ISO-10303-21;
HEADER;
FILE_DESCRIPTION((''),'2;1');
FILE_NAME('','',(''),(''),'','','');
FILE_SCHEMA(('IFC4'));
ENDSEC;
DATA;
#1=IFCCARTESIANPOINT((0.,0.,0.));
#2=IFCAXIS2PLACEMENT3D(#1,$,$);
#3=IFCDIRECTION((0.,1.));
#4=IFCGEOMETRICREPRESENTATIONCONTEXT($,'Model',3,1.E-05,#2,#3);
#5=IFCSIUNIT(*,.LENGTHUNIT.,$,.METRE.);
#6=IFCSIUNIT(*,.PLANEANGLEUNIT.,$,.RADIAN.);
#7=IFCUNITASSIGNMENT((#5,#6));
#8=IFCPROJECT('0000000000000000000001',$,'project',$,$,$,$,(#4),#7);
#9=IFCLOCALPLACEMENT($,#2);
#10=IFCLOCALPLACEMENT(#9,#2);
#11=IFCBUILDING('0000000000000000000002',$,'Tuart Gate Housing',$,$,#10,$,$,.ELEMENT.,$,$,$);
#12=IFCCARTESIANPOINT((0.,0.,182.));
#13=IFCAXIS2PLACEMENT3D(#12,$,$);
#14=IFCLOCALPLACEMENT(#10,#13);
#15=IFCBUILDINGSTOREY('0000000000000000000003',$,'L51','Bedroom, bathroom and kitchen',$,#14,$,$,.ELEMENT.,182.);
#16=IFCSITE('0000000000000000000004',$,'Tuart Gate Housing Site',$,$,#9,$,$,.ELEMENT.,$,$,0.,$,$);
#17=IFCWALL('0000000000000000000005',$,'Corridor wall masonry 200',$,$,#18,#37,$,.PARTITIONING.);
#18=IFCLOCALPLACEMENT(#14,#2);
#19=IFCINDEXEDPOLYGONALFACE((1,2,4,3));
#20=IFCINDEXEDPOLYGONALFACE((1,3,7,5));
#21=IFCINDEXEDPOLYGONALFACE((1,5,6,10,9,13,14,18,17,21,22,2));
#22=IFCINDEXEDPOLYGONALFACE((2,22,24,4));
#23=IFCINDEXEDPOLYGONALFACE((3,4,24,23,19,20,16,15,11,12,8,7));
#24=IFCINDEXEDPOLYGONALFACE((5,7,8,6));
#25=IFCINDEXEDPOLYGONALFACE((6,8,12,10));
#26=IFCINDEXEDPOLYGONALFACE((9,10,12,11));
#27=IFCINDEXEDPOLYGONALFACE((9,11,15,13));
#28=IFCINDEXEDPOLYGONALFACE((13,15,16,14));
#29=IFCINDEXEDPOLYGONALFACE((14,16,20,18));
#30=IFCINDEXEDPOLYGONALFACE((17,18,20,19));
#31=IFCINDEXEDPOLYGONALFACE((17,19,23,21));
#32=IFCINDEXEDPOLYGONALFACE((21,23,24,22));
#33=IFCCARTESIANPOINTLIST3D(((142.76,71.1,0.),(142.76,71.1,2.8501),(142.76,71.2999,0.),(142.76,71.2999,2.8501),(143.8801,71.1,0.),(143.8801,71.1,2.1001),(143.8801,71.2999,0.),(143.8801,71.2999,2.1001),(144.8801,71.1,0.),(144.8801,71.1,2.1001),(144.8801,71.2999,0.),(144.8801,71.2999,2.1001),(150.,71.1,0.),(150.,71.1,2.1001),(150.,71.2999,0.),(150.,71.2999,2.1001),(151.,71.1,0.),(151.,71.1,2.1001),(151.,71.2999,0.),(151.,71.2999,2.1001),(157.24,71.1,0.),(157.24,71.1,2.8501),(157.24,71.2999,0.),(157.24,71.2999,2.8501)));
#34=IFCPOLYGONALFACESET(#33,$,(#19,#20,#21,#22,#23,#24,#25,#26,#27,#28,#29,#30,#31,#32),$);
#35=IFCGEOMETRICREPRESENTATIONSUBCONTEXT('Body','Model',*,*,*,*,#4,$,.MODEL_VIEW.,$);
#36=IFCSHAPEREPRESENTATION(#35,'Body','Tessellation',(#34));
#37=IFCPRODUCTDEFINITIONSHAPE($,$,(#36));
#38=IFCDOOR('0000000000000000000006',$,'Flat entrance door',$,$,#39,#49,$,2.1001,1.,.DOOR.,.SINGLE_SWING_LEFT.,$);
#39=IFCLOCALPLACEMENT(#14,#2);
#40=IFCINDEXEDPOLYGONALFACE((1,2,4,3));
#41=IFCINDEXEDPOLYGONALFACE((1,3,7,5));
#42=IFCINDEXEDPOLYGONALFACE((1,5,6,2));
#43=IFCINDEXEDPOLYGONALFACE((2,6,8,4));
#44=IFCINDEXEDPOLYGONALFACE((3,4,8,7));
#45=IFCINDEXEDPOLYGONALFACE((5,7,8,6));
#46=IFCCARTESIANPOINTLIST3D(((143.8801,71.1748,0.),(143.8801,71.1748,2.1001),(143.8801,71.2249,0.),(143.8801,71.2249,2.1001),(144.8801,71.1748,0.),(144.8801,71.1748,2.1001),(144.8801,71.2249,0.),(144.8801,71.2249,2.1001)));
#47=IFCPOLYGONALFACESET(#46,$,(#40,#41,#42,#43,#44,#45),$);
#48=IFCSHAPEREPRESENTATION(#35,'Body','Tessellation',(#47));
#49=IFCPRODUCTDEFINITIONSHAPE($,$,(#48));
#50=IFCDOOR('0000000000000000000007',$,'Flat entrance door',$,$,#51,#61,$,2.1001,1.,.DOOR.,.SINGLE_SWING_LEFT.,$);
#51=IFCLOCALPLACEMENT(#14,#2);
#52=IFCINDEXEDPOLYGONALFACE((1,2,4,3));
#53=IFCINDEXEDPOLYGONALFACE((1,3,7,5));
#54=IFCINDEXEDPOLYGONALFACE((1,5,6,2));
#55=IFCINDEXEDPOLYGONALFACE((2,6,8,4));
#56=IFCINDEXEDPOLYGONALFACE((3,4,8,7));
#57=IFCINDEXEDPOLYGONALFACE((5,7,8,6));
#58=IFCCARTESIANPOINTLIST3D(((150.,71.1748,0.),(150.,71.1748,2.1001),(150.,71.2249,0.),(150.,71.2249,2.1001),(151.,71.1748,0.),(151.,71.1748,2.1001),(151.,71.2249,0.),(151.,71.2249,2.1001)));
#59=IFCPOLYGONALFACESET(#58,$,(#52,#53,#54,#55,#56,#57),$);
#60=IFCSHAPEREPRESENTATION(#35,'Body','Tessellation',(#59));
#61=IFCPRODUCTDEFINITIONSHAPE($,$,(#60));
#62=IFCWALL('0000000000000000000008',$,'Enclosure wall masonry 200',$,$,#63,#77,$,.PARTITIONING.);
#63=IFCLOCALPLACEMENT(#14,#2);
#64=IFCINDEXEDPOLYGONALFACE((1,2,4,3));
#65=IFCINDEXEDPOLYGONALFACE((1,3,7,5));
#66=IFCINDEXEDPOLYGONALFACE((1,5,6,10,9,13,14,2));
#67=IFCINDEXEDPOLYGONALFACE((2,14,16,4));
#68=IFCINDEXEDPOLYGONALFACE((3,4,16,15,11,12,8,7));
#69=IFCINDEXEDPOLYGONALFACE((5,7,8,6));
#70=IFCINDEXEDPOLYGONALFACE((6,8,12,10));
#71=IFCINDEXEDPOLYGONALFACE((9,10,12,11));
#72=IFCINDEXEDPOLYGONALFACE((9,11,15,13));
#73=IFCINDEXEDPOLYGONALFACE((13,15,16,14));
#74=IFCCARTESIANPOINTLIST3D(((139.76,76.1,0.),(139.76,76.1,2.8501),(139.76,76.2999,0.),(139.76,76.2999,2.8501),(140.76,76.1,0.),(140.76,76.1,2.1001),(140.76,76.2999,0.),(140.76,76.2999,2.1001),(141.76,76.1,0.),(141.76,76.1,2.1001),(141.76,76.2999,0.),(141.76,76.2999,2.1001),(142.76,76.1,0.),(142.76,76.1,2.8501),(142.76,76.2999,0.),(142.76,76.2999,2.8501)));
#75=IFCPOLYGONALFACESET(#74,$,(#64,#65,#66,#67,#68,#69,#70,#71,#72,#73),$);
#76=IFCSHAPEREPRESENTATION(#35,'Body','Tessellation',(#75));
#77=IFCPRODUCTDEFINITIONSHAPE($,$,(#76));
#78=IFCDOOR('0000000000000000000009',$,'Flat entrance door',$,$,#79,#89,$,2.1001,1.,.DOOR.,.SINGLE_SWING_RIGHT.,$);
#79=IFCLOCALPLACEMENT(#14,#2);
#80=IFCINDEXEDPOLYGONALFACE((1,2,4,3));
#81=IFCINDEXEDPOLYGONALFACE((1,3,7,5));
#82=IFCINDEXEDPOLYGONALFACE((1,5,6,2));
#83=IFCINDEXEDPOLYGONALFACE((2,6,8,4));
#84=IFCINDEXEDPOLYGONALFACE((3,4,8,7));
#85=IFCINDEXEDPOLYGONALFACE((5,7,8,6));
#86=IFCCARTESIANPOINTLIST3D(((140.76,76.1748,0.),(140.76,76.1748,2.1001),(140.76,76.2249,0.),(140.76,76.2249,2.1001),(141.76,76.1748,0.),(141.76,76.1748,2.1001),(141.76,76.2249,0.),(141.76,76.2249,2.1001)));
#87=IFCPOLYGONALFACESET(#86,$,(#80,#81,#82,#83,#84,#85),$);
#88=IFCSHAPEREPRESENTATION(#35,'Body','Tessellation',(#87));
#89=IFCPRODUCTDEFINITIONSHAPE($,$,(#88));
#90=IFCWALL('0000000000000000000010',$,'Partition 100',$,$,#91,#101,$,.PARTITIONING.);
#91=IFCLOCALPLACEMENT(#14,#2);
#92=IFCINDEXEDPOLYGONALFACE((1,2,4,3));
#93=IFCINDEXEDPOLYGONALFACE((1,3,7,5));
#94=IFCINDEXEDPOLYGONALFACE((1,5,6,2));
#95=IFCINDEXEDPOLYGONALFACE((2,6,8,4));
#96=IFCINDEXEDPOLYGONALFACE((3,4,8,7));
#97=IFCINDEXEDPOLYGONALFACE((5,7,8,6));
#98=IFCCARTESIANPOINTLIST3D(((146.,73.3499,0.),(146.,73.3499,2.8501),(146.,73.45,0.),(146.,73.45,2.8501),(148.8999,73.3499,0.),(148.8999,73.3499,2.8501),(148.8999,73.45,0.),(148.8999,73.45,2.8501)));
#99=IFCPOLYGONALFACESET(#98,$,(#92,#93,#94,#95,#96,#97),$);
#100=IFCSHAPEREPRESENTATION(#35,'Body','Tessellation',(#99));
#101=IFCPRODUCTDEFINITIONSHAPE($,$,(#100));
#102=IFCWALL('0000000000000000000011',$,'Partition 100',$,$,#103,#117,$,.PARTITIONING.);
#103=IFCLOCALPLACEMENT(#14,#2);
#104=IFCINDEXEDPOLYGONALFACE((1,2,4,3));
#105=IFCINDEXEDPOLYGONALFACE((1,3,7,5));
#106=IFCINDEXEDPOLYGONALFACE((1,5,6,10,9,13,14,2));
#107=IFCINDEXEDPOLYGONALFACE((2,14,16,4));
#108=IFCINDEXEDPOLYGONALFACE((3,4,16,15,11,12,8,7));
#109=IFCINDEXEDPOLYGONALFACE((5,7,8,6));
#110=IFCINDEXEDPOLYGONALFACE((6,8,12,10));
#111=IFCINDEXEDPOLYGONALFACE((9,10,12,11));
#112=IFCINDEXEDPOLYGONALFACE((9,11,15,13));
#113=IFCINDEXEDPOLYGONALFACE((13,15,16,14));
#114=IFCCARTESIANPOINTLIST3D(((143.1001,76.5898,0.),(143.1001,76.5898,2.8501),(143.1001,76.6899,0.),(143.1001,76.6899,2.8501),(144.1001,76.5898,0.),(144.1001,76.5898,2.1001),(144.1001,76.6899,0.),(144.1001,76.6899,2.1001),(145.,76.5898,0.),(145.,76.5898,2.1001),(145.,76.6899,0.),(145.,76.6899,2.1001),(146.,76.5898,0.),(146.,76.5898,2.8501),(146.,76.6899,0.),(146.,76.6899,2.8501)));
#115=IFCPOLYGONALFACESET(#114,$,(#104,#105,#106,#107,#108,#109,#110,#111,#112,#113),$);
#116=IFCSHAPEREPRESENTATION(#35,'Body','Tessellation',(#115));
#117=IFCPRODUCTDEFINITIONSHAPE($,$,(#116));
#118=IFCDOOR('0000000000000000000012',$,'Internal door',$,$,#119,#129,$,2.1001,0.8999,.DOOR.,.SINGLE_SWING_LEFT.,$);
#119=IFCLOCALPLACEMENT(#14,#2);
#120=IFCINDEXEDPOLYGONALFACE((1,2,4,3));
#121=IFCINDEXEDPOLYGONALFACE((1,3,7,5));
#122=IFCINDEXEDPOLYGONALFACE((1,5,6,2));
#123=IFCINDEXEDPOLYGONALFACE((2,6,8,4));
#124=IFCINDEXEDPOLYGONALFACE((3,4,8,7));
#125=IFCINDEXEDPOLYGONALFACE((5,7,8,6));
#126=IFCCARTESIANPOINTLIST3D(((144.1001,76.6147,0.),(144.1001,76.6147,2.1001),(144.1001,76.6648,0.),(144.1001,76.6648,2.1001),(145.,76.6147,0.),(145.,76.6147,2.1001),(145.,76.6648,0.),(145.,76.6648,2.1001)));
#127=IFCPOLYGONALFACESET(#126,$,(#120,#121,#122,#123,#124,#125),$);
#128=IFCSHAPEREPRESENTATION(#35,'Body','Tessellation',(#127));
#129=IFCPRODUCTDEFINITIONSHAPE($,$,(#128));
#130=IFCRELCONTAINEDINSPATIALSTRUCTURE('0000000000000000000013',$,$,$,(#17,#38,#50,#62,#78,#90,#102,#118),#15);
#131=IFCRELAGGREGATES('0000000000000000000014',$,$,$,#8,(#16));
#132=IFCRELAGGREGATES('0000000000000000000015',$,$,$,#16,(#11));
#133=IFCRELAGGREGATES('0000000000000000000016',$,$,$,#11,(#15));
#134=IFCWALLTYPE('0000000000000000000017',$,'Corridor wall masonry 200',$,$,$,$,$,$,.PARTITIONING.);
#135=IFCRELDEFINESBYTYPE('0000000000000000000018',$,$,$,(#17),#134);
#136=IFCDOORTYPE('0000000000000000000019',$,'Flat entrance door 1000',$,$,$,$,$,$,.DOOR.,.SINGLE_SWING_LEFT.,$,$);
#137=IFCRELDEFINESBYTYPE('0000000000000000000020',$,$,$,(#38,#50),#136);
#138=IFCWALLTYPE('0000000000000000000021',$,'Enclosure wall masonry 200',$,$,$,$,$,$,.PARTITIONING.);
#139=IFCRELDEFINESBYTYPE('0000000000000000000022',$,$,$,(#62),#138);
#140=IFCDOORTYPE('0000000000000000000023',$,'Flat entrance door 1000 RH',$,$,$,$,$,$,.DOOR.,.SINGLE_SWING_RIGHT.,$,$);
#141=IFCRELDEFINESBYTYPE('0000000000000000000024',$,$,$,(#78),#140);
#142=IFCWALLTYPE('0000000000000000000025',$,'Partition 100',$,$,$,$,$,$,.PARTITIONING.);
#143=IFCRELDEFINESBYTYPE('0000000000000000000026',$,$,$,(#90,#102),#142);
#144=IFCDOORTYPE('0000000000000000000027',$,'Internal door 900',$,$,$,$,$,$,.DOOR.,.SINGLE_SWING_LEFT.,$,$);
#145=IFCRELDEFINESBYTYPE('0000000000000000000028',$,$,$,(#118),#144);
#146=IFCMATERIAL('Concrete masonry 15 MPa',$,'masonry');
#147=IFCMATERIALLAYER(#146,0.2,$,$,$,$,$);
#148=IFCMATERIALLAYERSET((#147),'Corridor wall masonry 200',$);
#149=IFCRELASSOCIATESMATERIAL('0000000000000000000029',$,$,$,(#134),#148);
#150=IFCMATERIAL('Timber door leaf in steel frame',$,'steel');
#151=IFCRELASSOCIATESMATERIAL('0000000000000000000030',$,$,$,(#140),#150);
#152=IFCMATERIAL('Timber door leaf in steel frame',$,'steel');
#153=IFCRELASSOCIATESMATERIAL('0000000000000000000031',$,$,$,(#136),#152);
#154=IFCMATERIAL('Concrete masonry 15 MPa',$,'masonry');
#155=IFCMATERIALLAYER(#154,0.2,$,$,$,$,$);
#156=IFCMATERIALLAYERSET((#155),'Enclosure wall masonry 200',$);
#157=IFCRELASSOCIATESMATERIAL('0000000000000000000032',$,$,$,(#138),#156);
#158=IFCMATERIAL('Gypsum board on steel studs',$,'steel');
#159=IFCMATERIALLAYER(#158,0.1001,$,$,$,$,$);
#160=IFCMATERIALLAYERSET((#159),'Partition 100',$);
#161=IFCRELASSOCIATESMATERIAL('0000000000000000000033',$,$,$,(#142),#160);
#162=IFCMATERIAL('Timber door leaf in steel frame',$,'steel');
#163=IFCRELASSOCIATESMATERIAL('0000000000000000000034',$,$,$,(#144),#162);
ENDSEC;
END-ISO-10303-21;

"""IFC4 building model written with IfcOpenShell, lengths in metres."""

from ifc_helpers import new_model, si_unit, direction, frame, frame_2d, origin, place, context, subcontext, project, spatial, rectangle, extrude, material, layer, layer_set, type_object, element, fill, save


model = new_model("IFC4")

# Units and contexts
model_context = context("Model", 3, precision=1e-05, world=origin(), true_north=direction((0.0, 1.0)))
body_context = subcontext(model_context, "Body", "Model", "MODEL_VIEW")
ifc_project = project(units=[si_unit("LENGTHUNIT", "METRE"), si_unit("PLANEANGLEUNIT", "RADIAN")], contexts=[model_context])

# Site, building, storey
site_placement = place(None, origin())
site = spatial("IfcSite", under=ifc_project, at=site_placement, Name="Tuart Gate Housing Site", CompositionType="ELEMENT", RefElevation=0.0)
building_placement = place(site_placement, origin())
building = spatial("IfcBuilding", under=site, at=building_placement, Name="Tuart Gate Housing", CompositionType="ELEMENT")
storey_placement = place(building_placement, frame((0.0, 0.0, 182.0)))
storey = spatial("IfcBuildingStorey", under=building, at=storey_placement, Name="L51", Description="Bedroom, bathroom and kitchen", CompositionType="ELEMENT", Elevation=182.0)

# Wall, openings, doors
ifc_material_1 = material(Name="Concrete masonry 15 MPa", Category="masonry")
ifc_layer_1 = layer(ifc_material_1, 0.2)
ifc_layer_set_1 = layer_set([ifc_layer_1], Name="Corridor wall masonry 200")
wall_type_1 = type_object("IfcWallType", Name="Corridor wall masonry 200", PredefinedType="PARTITIONING", material=ifc_layer_set_1)
ifc_material_2 = material(Name="Timber door leaf in steel frame", Category="steel")
door_type_1 = type_object("IfcDoorType", Name="Flat entrance door 1000 RH", OperationType="SINGLE_SWING_RIGHT", PredefinedType="DOOR", material=ifc_material_2)
wall_1_placement = place(storey_placement, frame((142.76, 71.2, 0.0), z_axis=(0.0, 0.0, 1.0), x_axis=(1.0, 0.0, 0.0)))
wall_1 = element("IfcWall", 1, at=wall_1_placement, inside=storey, type_object=wall_type_1, Name="Corridor wall masonry 200", PredefinedType="PARTITIONING", context=body_context, shape_type="SweptSolid", body=[
    extrude(rectangle(XDim=14.48, YDim=0.2, at=frame_2d((7.24, 0.0))), origin(), (0.0, 0.0, 1.0), 2.8501),
])
opening_1_placement = place(wall_1_placement, frame((1.1201, 0.0, 0.0)))
opening_1 = element("IfcOpeningElement", 2, at=opening_1_placement, cuts=wall_1, PredefinedType="OPENING", context=body_context, shape_type="SweptSolid", body=[
    extrude(rectangle(XDim=1.0, YDim=2.1001, at=frame_2d((0.5, 1.05))), frame((0.0, 0.1099, 0.0), z_axis=(0.0, -1.0, 0.0), x_axis=(1.0, 0.0, 0.0)), (0.0, 0.0, 1.0), 0.22),
])
opening_2_placement = place(wall_1_placement, frame((7.24, 0.0, 0.0)))
opening_2 = element("IfcOpeningElement", 3, at=opening_2_placement, cuts=wall_1, PredefinedType="OPENING", context=body_context, shape_type="SweptSolid", body=[
    extrude(rectangle(XDim=1.0, YDim=2.1001, at=frame_2d((0.5, 1.05))), frame((0.0, 0.1099, 0.0), z_axis=(0.0, -1.0, 0.0), x_axis=(1.0, 0.0, 0.0)), (0.0, 0.0, 1.0), 0.22),
])
ifc_material_3 = material(Name="Timber door leaf in steel frame", Category="steel")
door_type_2 = type_object("IfcDoorType", Name="Flat entrance door 1000", OperationType="SINGLE_SWING_LEFT", PredefinedType="DOOR", material=ifc_material_3)
door_1_placement = place(opening_1_placement, origin())
door_1 = element("IfcDoor", 4, at=door_1_placement, inside=storey, type_object=door_type_2, Name="Flat entrance door", OperationType="SINGLE_SWING_LEFT", OverallHeight=2.1001, OverallWidth=1.0, PredefinedType="DOOR", context=body_context, shape_type="SweptSolid", body=[
    extrude(rectangle(XDim=1.0, YDim=2.1001, at=frame_2d((0.5, 1.05))), frame((0.0, 0.0249, 0.0), z_axis=(0.0, -1.0, 0.0), x_axis=(1.0, 0.0, 0.0)), (0.0, 0.0, 1.0), 0.05),
])
fill(opening_1, door_1)
door_2_placement = place(opening_2_placement, origin())
door_2 = element("IfcDoor", 5, at=door_2_placement, inside=storey, type_object=door_type_2, Name="Flat entrance door", OperationType="SINGLE_SWING_LEFT", OverallHeight=2.1001, OverallWidth=1.0, PredefinedType="DOOR", context=body_context, shape_type="SweptSolid", body=[
    extrude(rectangle(XDim=1.0, YDim=2.1001, at=frame_2d((0.5, 1.05))), frame((0.0, 0.0249, 0.0), z_axis=(0.0, -1.0, 0.0), x_axis=(1.0, 0.0, 0.0)), (0.0, 0.0, 1.0), 0.05),
])
fill(opening_2, door_2)

# Wall, opening, door
ifc_material_4 = material(Name="Concrete masonry 15 MPa", Category="masonry")
ifc_layer_2 = layer(ifc_material_4, 0.2)
ifc_layer_set_2 = layer_set([ifc_layer_2], Name="Enclosure wall masonry 200")
wall_type_2 = type_object("IfcWallType", Name="Enclosure wall masonry 200", PredefinedType="PARTITIONING", material=ifc_layer_set_2)
wall_2_placement = place(storey_placement, frame((139.76, 76.2, 0.0), z_axis=(0.0, 0.0, 1.0), x_axis=(1.0, 0.0, 0.0)))
wall_2 = element("IfcWall", 6, at=wall_2_placement, inside=storey, type_object=wall_type_2, Name="Enclosure wall masonry 200", PredefinedType="PARTITIONING", context=body_context, shape_type="SweptSolid", body=[
    extrude(rectangle(XDim=3.0, YDim=0.2, at=frame_2d((1.5, 0.0))), origin(), (0.0, 0.0, 1.0), 2.8501),
])
opening_3_placement = place(wall_2_placement, frame((1.0, 0.0, 0.0)))
opening_3 = element("IfcOpeningElement", 7, at=opening_3_placement, cuts=wall_2, PredefinedType="OPENING", context=body_context, shape_type="SweptSolid", body=[
    extrude(rectangle(XDim=1.0, YDim=2.1001, at=frame_2d((0.5, 1.05))), frame((0.0, 0.1099, 0.0), z_axis=(0.0, -1.0, 0.0), x_axis=(1.0, 0.0, 0.0)), (0.0, 0.0, 1.0), 0.22),
])
door_3_placement = place(opening_3_placement, origin())
door_3 = element("IfcDoor", 8, at=door_3_placement, inside=storey, type_object=door_type_1, Name="Flat entrance door", OperationType="SINGLE_SWING_RIGHT", OverallHeight=2.1001, OverallWidth=1.0, PredefinedType="DOOR", context=body_context, shape_type="SweptSolid", body=[
    extrude(rectangle(XDim=1.0, YDim=2.1001, at=frame_2d((0.5, 1.05))), frame((0.0, 0.0249, 0.0), z_axis=(0.0, -1.0, 0.0), x_axis=(1.0, 0.0, 0.0)), (0.0, 0.0, 1.0), 0.05),
])
fill(opening_3, door_3)

# Wall
ifc_material_5 = material(Name="Gypsum board on steel studs", Category="steel")
ifc_layer_3 = layer(ifc_material_5, 0.1001)
ifc_layer_set_3 = layer_set([ifc_layer_3], Name="Partition 100")
wall_type_3 = type_object("IfcWallType", Name="Partition 100", PredefinedType="PARTITIONING", material=ifc_layer_set_3)
wall_3_placement = place(storey_placement, frame((146.0, 73.3999, 0.0), z_axis=(0.0, 0.0, 1.0), x_axis=(1.0, 0.0, 0.0)))
element("IfcWall", 9, at=wall_3_placement, inside=storey, type_object=wall_type_3, Name="Partition 100", PredefinedType="PARTITIONING", context=body_context, shape_type="SweptSolid", body=[
    extrude(rectangle(XDim=2.8999, YDim=0.1001, at=frame_2d((1.45, 0.0))), origin(), (0.0, 0.0, 1.0), 2.8501),
])

# Wall, opening, door
wall_4_placement = place(storey_placement, frame((143.1001, 76.6399, 0.0), z_axis=(0.0, 0.0, 1.0), x_axis=(1.0, 0.0, 0.0)))
wall_4 = element("IfcWall", 10, at=wall_4_placement, inside=storey, type_object=wall_type_3, Name="Partition 100", PredefinedType="PARTITIONING", context=body_context, shape_type="SweptSolid", body=[
    extrude(rectangle(XDim=2.8999, YDim=0.1001, at=frame_2d((1.45, 0.0))), origin(), (0.0, 0.0, 1.0), 2.8501),
])
opening_4_placement = place(wall_4_placement, frame((1.0, 0.0, 0.0)))
opening_4 = element("IfcOpeningElement", 11, at=opening_4_placement, cuts=wall_4, PredefinedType="OPENING", context=body_context, shape_type="SweptSolid", body=[
    extrude(rectangle(XDim=0.8999, YDim=2.1001, at=frame_2d((0.45, 1.05))), frame((0.0, 0.0601, 0.0), z_axis=(0.0, -1.0, 0.0), x_axis=(1.0, 0.0, 0.0)), (0.0, 0.0, 1.0), 0.1201),
])
ifc_material_6 = material(Name="Timber door leaf in steel frame", Category="steel")
door_type_3 = type_object("IfcDoorType", Name="Internal door 900", OperationType="SINGLE_SWING_LEFT", PredefinedType="DOOR", material=ifc_material_6)
door_4_placement = place(opening_4_placement, frame((0.8999, 0.0, 0.0), z_axis=(0.0, 0.0, 1.0), x_axis=(-1.0, 0.0, 0.0)))
door_4 = element("IfcDoor", 12, at=door_4_placement, inside=storey, type_object=door_type_3, Name="Internal door", OperationType="SINGLE_SWING_LEFT", OverallHeight=2.1001, OverallWidth=0.8999, PredefinedType="DOOR", context=body_context, shape_type="SweptSolid", body=[
    extrude(rectangle(XDim=0.8999, YDim=2.1001, at=frame_2d((0.45, 1.05))), frame((0.0, 0.0251, 0.0), z_axis=(0.0, -1.0, 0.0), x_axis=(1.0, 0.0, 0.0)), (0.0, 0.0, 1.0), 0.05),
])
fill(opening_4, door_4)

save(model, "model.ifc")
